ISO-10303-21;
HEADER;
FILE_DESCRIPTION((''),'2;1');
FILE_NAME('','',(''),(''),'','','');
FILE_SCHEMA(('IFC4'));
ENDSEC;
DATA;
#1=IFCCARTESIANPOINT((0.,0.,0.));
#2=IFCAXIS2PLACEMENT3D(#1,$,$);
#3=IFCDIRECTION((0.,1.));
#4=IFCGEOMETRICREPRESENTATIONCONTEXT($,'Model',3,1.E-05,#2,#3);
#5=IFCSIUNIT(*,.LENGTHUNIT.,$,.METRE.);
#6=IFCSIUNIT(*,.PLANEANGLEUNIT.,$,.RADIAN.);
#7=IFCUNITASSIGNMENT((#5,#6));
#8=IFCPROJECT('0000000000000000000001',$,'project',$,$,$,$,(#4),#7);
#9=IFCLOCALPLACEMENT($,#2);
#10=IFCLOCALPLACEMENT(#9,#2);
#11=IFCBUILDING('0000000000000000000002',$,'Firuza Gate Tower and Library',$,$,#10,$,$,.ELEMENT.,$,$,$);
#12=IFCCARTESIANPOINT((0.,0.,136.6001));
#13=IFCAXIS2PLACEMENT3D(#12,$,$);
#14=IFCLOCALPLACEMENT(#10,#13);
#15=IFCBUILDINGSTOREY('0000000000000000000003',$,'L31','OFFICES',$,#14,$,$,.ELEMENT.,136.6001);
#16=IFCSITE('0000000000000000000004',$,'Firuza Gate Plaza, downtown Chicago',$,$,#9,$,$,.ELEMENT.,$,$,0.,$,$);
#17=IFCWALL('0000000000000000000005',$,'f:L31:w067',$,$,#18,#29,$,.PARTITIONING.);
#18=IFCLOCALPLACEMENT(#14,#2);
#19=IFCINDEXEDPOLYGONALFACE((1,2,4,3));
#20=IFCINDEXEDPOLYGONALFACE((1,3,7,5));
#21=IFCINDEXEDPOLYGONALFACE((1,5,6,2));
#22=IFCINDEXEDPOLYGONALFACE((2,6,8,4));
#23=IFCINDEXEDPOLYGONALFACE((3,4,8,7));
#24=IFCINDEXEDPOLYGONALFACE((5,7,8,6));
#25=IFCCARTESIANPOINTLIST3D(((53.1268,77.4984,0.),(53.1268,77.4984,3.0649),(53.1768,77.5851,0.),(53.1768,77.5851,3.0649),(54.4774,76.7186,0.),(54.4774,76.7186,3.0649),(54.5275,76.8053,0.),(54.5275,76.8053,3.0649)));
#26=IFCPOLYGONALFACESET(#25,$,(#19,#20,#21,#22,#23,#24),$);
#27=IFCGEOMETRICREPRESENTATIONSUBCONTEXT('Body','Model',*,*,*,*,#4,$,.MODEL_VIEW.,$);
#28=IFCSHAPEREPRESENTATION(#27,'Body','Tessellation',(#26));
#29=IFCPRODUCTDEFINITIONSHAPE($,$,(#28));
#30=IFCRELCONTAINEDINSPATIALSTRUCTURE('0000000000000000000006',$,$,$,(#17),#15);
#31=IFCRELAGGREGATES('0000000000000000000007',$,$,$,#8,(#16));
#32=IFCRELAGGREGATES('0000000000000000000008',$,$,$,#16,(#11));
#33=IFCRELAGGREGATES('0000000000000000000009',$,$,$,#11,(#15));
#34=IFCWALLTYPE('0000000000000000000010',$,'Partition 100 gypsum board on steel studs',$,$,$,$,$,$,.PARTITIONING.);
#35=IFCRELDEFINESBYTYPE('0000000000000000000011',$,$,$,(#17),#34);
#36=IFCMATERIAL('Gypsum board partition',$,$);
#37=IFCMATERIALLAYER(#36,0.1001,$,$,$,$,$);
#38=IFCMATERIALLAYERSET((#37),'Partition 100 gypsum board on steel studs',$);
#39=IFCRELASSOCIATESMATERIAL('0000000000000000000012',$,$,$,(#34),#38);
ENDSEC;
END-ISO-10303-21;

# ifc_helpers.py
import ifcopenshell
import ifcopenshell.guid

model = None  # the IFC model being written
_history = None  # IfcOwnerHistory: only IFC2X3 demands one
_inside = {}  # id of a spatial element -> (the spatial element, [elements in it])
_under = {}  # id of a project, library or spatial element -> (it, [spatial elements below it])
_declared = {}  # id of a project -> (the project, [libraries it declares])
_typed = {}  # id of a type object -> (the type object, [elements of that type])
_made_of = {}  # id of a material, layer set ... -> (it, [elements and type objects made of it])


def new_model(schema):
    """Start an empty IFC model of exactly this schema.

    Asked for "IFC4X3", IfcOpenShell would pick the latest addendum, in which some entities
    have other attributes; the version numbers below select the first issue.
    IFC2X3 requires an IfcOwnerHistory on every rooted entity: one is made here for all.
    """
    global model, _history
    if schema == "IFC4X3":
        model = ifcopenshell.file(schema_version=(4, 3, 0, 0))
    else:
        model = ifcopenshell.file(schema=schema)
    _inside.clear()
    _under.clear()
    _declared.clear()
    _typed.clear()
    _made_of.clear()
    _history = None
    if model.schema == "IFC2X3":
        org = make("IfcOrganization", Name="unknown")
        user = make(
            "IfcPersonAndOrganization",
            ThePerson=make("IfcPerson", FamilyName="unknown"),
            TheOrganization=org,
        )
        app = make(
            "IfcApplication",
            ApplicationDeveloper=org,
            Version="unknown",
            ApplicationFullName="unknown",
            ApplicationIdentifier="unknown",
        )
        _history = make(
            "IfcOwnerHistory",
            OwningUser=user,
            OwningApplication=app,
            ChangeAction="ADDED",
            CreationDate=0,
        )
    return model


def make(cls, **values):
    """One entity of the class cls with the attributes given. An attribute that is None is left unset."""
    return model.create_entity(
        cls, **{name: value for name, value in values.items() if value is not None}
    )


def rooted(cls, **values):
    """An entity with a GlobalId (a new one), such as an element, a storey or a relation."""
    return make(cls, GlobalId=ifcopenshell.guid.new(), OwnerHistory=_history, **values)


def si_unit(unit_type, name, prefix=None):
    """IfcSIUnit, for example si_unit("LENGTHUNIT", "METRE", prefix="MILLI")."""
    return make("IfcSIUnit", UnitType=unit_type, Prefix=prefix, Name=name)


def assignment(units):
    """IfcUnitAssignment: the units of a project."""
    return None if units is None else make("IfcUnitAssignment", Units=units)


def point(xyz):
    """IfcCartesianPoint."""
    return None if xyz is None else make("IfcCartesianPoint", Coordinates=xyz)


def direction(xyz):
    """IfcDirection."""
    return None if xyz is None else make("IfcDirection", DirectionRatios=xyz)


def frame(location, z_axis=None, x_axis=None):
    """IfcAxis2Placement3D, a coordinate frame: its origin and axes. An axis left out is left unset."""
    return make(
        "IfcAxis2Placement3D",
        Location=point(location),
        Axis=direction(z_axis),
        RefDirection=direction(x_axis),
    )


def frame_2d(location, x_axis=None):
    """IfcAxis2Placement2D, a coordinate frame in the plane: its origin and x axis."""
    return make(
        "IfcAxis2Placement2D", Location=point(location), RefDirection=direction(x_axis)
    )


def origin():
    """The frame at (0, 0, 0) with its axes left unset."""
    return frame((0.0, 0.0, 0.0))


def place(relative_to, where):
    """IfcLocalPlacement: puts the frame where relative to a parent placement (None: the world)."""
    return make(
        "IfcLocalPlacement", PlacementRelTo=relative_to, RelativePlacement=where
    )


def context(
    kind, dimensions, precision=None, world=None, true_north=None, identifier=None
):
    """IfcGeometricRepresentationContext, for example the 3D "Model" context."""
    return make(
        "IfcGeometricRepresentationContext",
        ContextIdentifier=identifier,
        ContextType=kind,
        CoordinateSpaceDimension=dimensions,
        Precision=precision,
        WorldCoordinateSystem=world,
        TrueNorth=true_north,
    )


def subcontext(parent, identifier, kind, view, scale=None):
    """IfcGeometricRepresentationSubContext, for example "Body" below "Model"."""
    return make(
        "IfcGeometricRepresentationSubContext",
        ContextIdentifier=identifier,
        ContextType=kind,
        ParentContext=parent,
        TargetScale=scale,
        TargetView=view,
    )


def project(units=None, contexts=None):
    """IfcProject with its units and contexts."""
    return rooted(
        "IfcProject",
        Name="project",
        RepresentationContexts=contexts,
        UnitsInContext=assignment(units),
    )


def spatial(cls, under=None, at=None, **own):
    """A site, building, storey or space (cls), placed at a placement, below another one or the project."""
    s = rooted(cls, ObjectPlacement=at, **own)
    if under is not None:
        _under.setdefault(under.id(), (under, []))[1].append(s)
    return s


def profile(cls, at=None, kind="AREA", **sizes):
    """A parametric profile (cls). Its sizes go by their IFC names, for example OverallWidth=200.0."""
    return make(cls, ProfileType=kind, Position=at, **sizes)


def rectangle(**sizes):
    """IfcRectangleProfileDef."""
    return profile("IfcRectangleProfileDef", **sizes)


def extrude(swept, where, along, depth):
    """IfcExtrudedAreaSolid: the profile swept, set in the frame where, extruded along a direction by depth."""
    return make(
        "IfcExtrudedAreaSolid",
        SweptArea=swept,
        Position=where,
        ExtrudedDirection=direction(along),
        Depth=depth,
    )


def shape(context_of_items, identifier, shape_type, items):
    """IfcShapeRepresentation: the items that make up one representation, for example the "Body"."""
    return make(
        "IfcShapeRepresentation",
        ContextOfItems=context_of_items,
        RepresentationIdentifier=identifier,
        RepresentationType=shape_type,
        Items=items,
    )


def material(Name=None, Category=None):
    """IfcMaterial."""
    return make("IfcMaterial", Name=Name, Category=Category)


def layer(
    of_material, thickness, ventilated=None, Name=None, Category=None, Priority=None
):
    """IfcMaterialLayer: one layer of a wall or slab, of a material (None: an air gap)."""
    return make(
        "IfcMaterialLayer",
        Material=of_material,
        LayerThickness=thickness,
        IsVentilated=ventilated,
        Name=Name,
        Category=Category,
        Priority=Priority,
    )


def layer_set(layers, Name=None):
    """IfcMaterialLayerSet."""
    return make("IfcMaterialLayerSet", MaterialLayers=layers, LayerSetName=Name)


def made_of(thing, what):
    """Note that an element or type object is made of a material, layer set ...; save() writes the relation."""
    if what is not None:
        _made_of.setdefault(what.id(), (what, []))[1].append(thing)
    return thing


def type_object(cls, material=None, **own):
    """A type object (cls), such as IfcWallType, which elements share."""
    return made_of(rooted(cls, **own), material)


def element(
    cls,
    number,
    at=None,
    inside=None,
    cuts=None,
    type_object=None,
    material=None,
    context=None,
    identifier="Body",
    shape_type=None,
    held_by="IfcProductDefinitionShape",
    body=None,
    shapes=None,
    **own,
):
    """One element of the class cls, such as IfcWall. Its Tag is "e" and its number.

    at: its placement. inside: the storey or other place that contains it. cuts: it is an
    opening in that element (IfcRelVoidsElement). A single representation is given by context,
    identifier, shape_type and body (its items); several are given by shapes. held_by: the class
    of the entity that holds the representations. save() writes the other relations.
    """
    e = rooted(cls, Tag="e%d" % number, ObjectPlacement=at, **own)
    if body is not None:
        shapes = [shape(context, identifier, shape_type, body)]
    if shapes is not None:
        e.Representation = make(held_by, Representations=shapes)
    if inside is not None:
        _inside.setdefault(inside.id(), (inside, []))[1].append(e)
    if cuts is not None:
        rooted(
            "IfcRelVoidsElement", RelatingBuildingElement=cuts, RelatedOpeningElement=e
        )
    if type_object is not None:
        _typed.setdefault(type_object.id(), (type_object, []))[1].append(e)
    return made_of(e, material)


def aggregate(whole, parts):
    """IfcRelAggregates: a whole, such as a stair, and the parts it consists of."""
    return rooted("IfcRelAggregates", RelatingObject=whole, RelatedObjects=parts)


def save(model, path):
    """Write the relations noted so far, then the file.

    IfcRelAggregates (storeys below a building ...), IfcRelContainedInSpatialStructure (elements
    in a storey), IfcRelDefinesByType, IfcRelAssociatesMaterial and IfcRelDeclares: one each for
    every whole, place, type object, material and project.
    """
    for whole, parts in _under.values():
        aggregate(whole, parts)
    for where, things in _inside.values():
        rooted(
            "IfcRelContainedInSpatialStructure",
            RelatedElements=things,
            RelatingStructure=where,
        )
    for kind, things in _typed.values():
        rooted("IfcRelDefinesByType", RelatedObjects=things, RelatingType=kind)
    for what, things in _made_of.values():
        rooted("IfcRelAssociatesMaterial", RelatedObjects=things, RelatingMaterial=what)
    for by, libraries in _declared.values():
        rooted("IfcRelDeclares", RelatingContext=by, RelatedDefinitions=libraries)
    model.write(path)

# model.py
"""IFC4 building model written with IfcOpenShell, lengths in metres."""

from ifc_helpers import new_model, si_unit, direction, frame, frame_2d, origin, place, context, subcontext, project, spatial, rectangle, extrude, material, layer, layer_set, type_object, element, save


model = new_model("IFC4")

# Units and contexts
model_context = context("Model", 3, precision=1e-05, world=origin(), true_north=direction((0.0, 1.0)))
body_context = subcontext(model_context, "Body", "Model", "MODEL_VIEW")
ifc_project = project(units=[si_unit("LENGTHUNIT", "METRE"), si_unit("PLANEANGLEUNIT", "RADIAN")], contexts=[model_context])

# Site, building, storey
site_placement = place(None, origin())
site = spatial("IfcSite", under=ifc_project, at=site_placement, Name="Firuza Gate Plaza, downtown Chicago", CompositionType="ELEMENT", RefElevation=0.0)
building_placement = place(site_placement, origin())
building = spatial("IfcBuilding", under=site, at=building_placement, Name="Firuza Gate Tower and Library", CompositionType="ELEMENT")
storey_placement = place(building_placement, frame((0.0, 0.0, 136.6001)))
storey = spatial("IfcBuildingStorey", under=building, at=storey_placement, Name="L31", Description="OFFICES", CompositionType="ELEMENT", Elevation=136.6001)

# Shared definitions
ifc_material_1 = material(Name="Gypsum board partition")
ifc_layer_1 = layer(ifc_material_1, 0.1001)
ifc_layer_set_1 = layer_set([ifc_layer_1], Name="Partition 100 gypsum board on steel studs")
wall_type_1 = type_object("IfcWallType", Name="Partition 100 gypsum board on steel studs", PredefinedType="PARTITIONING", material=ifc_layer_set_1)

# Wall
wall_1_placement = place(storey_placement, frame((54.5024, 76.762, 0.0), z_axis=(0.0, 0.0, 1.0), x_axis=(-0.866019, 0.500012, 0.0)))
element("IfcWall", 1, at=wall_1_placement, inside=storey, type_object=wall_type_1, Name="f:L31:w067", PredefinedType="PARTITIONING", context=body_context, shape_type="SweptSolid", body=[
    extrude(rectangle(XDim=1.5596, YDim=0.1001, at=frame_2d((0.7798, 0.0))), origin(), (0.0, 0.0, 1.0), 3.0649),
])

save(model, "model.ifc")
